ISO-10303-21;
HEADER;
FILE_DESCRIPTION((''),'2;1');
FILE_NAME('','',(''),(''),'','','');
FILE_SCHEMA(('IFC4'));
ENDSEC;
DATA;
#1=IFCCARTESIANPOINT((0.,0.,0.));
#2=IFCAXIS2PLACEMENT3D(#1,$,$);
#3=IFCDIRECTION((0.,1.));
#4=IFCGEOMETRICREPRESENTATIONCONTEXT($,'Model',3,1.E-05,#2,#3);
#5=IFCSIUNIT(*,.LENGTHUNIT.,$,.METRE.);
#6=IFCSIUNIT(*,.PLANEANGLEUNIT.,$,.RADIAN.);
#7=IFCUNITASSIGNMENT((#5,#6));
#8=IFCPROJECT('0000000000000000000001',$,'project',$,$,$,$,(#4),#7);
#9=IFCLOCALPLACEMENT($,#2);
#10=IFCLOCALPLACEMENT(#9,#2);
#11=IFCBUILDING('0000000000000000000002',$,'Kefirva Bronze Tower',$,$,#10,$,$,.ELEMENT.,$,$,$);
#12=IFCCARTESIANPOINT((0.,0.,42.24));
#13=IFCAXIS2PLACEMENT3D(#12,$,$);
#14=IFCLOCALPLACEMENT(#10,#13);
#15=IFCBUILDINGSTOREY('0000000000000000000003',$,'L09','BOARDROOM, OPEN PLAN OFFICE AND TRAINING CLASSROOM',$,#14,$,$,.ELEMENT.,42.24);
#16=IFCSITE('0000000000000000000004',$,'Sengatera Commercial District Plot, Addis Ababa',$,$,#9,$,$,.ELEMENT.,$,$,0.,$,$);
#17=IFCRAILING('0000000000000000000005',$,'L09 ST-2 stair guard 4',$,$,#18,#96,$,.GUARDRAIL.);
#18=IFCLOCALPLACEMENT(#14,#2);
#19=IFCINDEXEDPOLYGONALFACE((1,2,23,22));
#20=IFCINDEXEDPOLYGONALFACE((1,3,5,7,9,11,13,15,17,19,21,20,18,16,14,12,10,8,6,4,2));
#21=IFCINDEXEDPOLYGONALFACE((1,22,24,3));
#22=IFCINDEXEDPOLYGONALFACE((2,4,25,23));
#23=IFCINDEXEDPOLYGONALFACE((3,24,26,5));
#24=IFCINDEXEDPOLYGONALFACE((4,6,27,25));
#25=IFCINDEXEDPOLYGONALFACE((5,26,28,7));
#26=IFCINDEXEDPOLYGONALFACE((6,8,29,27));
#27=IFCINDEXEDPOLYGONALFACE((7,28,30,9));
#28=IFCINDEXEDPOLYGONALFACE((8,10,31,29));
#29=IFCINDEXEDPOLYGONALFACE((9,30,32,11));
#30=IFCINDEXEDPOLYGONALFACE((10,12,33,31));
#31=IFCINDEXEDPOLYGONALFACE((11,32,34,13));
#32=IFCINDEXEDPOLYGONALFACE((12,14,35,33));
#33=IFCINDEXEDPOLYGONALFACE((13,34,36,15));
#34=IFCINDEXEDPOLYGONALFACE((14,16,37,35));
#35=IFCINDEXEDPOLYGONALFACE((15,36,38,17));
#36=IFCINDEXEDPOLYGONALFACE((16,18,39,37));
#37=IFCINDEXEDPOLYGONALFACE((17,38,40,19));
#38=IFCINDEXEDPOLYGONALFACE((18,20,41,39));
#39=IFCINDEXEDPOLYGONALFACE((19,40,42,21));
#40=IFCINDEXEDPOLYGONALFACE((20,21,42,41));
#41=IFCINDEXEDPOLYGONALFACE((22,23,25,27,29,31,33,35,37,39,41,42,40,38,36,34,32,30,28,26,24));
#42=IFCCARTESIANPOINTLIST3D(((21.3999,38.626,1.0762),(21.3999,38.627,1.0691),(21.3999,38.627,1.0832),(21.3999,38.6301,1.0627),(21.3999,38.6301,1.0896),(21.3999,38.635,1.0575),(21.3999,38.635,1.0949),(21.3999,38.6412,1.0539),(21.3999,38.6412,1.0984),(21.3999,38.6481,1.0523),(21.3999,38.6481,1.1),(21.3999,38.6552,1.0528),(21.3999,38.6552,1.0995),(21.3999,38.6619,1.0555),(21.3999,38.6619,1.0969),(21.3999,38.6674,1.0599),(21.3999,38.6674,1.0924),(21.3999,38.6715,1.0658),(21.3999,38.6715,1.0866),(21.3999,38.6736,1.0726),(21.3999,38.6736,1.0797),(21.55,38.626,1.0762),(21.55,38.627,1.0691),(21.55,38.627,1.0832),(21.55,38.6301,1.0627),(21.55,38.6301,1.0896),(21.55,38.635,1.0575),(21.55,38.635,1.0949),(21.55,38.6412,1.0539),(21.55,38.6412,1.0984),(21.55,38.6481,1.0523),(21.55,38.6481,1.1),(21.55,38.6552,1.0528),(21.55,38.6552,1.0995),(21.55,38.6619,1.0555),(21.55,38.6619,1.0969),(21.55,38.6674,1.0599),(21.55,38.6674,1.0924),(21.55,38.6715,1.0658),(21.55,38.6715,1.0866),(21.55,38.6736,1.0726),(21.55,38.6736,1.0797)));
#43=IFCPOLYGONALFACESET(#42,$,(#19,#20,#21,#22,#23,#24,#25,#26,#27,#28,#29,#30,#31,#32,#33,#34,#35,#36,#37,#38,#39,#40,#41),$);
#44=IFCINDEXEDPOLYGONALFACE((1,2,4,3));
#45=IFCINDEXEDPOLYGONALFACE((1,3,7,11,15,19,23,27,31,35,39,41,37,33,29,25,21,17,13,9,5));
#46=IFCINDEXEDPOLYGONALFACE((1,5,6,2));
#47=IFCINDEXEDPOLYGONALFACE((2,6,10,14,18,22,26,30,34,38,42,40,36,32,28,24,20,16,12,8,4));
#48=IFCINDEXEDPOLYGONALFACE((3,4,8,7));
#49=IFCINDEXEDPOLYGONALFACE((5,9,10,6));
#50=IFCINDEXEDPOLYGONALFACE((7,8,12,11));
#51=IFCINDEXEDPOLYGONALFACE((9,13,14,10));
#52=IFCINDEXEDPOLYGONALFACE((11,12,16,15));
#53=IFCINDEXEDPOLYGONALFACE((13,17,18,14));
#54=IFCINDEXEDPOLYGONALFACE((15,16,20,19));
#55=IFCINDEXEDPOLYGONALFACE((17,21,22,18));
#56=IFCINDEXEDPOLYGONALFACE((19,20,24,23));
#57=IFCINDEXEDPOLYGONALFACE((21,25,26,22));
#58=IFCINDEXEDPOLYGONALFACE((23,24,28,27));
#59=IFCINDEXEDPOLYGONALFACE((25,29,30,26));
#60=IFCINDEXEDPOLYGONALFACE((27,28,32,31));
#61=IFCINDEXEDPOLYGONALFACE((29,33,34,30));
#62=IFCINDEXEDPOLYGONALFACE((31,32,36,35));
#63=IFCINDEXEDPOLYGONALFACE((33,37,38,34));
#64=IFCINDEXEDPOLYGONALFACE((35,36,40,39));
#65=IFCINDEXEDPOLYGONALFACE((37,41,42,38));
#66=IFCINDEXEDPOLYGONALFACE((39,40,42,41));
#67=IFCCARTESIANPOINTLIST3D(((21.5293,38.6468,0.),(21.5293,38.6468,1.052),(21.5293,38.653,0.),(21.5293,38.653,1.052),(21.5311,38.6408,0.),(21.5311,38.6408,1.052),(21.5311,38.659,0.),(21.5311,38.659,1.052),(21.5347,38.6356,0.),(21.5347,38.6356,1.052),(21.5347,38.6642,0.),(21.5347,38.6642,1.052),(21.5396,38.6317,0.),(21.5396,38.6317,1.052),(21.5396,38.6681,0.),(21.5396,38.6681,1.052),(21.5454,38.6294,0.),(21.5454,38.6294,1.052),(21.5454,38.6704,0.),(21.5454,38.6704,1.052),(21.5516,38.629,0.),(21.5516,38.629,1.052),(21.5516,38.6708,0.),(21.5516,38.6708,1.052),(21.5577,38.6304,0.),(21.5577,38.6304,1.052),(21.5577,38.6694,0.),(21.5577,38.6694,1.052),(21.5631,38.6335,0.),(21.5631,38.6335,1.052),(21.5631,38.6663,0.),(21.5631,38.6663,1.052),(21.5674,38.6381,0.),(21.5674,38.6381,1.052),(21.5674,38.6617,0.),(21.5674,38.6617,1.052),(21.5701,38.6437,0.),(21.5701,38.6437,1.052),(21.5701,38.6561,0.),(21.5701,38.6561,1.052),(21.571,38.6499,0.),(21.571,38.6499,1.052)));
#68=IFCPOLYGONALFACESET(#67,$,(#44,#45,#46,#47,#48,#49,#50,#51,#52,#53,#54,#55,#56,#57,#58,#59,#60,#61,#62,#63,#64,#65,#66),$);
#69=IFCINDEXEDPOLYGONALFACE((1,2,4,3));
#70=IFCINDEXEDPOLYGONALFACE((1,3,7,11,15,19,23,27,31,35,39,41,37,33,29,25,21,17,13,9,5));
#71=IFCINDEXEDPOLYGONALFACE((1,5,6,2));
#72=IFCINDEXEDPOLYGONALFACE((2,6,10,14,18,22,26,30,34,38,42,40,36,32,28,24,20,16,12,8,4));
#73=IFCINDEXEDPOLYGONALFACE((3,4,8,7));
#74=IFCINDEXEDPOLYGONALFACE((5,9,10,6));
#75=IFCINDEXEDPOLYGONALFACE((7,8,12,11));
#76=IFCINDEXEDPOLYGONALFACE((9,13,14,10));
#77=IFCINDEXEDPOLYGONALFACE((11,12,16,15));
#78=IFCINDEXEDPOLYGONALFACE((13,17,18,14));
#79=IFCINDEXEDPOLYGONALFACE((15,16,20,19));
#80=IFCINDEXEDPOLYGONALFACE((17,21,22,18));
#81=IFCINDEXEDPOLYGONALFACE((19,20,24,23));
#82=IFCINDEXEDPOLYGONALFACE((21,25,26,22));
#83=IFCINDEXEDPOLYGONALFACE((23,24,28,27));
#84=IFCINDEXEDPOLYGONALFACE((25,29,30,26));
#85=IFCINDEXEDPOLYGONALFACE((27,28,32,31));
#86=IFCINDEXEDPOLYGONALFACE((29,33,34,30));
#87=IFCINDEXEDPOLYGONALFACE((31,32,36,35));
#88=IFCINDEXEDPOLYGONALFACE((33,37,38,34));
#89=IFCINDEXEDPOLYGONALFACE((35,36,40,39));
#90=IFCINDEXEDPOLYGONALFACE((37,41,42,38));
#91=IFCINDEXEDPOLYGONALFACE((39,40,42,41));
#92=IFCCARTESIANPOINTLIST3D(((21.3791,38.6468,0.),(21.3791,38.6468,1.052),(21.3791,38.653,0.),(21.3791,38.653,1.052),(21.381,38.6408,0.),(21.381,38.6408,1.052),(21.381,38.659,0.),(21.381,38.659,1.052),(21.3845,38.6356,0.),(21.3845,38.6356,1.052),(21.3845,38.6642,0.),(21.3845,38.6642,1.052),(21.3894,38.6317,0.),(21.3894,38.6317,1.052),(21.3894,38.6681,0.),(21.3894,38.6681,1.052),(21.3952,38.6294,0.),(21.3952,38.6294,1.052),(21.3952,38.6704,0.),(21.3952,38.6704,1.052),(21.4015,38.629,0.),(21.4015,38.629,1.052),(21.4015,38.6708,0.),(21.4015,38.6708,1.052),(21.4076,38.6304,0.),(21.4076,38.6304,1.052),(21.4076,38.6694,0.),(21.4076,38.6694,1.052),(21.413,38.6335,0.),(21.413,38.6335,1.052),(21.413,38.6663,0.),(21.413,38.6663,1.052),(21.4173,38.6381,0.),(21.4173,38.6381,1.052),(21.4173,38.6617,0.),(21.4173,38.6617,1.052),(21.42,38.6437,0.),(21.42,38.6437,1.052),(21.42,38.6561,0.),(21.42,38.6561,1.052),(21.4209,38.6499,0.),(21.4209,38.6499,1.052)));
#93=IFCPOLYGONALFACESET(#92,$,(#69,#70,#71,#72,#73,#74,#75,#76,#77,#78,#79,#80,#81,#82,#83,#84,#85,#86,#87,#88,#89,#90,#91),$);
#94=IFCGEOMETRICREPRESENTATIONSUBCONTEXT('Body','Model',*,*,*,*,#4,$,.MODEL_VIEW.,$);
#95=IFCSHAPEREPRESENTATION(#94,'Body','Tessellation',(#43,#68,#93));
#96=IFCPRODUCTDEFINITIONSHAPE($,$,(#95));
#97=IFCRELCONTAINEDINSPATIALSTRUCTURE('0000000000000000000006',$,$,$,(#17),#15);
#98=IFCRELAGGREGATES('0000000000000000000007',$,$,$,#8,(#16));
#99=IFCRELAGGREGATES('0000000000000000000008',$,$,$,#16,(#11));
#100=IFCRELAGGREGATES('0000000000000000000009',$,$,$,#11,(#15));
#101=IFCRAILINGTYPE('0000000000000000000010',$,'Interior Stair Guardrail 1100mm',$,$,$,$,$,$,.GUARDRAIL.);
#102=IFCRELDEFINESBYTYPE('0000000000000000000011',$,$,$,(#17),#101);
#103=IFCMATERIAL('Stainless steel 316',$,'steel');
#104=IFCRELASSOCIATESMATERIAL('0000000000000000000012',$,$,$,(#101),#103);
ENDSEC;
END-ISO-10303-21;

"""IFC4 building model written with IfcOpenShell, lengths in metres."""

from ifc_helpers import new_model, si_unit, direction, frame, origin, origin_2d, place, context, subcontext, project, spatial, circle, extrude, material, type_object, element, save


model = new_model("IFC4")

# Units and contexts
model_context = context("Model", 3, precision=1e-05, world=origin(), true_north=direction((0.0, 1.0)))
body_context = subcontext(model_context, "Body", "Model", "MODEL_VIEW")
ifc_project = project(units=[si_unit("LENGTHUNIT", "METRE"), si_unit("PLANEANGLEUNIT", "RADIAN")], contexts=[model_context])

# Site, building, storey
site_placement = place(None, origin())
site = spatial("IfcSite", under=ifc_project, at=site_placement, Name="Sengatera Commercial District Plot, Addis Ababa", CompositionType="ELEMENT", RefElevation=0.0)
building_placement = place(site_placement, origin())
building = spatial("IfcBuilding", under=site, at=building_placement, Name="Kefirva Bronze Tower", CompositionType="ELEMENT")
storey_placement = place(building_placement, frame((0.0, 0.0, 42.24)))
storey = spatial("IfcBuildingStorey", under=building, at=storey_placement, Name="L09", Description="BOARDROOM, OPEN PLAN OFFICE AND TRAINING CLASSROOM", CompositionType="ELEMENT", Elevation=42.24)

# Railing
ifc_material_1 = material(Name="Stainless steel 316", Category="steel")
railing_type_1 = type_object("IfcRailingType", Name="Interior Stair Guardrail 1100mm", PredefinedType="GUARDRAIL", material=ifc_material_1)
railing_1_placement = place(storey_placement, frame((21.55, 38.6499, 0.0)))
element("IfcRailing", 1, at=railing_1_placement, inside=storey, type_object=railing_type_1, Name="L09 ST-2 stair guard 4", PredefinedType="GUARDRAIL", context=body_context, shape_type="SweptSolid", body=[
    extrude(circle(Radius=0.0239, at=origin_2d()), frame((0.0, 0.0, 1.0762), z_axis=(-1.0, 0.0, 0.0), x_axis=(0.0, -1.0, 0.0)), (0.0, 0.0, 1.0), 0.1501),
    extrude(circle(Radius=0.021, at=origin_2d()), origin(), (0.0, 0.0, 1.0), 1.052),
    extrude(circle(Radius=0.021, at=origin_2d()), frame((-0.1501, 0.0, 0.0)), (0.0, 0.0, 1.0), 1.052),
])

save(model, "model.ifc")
